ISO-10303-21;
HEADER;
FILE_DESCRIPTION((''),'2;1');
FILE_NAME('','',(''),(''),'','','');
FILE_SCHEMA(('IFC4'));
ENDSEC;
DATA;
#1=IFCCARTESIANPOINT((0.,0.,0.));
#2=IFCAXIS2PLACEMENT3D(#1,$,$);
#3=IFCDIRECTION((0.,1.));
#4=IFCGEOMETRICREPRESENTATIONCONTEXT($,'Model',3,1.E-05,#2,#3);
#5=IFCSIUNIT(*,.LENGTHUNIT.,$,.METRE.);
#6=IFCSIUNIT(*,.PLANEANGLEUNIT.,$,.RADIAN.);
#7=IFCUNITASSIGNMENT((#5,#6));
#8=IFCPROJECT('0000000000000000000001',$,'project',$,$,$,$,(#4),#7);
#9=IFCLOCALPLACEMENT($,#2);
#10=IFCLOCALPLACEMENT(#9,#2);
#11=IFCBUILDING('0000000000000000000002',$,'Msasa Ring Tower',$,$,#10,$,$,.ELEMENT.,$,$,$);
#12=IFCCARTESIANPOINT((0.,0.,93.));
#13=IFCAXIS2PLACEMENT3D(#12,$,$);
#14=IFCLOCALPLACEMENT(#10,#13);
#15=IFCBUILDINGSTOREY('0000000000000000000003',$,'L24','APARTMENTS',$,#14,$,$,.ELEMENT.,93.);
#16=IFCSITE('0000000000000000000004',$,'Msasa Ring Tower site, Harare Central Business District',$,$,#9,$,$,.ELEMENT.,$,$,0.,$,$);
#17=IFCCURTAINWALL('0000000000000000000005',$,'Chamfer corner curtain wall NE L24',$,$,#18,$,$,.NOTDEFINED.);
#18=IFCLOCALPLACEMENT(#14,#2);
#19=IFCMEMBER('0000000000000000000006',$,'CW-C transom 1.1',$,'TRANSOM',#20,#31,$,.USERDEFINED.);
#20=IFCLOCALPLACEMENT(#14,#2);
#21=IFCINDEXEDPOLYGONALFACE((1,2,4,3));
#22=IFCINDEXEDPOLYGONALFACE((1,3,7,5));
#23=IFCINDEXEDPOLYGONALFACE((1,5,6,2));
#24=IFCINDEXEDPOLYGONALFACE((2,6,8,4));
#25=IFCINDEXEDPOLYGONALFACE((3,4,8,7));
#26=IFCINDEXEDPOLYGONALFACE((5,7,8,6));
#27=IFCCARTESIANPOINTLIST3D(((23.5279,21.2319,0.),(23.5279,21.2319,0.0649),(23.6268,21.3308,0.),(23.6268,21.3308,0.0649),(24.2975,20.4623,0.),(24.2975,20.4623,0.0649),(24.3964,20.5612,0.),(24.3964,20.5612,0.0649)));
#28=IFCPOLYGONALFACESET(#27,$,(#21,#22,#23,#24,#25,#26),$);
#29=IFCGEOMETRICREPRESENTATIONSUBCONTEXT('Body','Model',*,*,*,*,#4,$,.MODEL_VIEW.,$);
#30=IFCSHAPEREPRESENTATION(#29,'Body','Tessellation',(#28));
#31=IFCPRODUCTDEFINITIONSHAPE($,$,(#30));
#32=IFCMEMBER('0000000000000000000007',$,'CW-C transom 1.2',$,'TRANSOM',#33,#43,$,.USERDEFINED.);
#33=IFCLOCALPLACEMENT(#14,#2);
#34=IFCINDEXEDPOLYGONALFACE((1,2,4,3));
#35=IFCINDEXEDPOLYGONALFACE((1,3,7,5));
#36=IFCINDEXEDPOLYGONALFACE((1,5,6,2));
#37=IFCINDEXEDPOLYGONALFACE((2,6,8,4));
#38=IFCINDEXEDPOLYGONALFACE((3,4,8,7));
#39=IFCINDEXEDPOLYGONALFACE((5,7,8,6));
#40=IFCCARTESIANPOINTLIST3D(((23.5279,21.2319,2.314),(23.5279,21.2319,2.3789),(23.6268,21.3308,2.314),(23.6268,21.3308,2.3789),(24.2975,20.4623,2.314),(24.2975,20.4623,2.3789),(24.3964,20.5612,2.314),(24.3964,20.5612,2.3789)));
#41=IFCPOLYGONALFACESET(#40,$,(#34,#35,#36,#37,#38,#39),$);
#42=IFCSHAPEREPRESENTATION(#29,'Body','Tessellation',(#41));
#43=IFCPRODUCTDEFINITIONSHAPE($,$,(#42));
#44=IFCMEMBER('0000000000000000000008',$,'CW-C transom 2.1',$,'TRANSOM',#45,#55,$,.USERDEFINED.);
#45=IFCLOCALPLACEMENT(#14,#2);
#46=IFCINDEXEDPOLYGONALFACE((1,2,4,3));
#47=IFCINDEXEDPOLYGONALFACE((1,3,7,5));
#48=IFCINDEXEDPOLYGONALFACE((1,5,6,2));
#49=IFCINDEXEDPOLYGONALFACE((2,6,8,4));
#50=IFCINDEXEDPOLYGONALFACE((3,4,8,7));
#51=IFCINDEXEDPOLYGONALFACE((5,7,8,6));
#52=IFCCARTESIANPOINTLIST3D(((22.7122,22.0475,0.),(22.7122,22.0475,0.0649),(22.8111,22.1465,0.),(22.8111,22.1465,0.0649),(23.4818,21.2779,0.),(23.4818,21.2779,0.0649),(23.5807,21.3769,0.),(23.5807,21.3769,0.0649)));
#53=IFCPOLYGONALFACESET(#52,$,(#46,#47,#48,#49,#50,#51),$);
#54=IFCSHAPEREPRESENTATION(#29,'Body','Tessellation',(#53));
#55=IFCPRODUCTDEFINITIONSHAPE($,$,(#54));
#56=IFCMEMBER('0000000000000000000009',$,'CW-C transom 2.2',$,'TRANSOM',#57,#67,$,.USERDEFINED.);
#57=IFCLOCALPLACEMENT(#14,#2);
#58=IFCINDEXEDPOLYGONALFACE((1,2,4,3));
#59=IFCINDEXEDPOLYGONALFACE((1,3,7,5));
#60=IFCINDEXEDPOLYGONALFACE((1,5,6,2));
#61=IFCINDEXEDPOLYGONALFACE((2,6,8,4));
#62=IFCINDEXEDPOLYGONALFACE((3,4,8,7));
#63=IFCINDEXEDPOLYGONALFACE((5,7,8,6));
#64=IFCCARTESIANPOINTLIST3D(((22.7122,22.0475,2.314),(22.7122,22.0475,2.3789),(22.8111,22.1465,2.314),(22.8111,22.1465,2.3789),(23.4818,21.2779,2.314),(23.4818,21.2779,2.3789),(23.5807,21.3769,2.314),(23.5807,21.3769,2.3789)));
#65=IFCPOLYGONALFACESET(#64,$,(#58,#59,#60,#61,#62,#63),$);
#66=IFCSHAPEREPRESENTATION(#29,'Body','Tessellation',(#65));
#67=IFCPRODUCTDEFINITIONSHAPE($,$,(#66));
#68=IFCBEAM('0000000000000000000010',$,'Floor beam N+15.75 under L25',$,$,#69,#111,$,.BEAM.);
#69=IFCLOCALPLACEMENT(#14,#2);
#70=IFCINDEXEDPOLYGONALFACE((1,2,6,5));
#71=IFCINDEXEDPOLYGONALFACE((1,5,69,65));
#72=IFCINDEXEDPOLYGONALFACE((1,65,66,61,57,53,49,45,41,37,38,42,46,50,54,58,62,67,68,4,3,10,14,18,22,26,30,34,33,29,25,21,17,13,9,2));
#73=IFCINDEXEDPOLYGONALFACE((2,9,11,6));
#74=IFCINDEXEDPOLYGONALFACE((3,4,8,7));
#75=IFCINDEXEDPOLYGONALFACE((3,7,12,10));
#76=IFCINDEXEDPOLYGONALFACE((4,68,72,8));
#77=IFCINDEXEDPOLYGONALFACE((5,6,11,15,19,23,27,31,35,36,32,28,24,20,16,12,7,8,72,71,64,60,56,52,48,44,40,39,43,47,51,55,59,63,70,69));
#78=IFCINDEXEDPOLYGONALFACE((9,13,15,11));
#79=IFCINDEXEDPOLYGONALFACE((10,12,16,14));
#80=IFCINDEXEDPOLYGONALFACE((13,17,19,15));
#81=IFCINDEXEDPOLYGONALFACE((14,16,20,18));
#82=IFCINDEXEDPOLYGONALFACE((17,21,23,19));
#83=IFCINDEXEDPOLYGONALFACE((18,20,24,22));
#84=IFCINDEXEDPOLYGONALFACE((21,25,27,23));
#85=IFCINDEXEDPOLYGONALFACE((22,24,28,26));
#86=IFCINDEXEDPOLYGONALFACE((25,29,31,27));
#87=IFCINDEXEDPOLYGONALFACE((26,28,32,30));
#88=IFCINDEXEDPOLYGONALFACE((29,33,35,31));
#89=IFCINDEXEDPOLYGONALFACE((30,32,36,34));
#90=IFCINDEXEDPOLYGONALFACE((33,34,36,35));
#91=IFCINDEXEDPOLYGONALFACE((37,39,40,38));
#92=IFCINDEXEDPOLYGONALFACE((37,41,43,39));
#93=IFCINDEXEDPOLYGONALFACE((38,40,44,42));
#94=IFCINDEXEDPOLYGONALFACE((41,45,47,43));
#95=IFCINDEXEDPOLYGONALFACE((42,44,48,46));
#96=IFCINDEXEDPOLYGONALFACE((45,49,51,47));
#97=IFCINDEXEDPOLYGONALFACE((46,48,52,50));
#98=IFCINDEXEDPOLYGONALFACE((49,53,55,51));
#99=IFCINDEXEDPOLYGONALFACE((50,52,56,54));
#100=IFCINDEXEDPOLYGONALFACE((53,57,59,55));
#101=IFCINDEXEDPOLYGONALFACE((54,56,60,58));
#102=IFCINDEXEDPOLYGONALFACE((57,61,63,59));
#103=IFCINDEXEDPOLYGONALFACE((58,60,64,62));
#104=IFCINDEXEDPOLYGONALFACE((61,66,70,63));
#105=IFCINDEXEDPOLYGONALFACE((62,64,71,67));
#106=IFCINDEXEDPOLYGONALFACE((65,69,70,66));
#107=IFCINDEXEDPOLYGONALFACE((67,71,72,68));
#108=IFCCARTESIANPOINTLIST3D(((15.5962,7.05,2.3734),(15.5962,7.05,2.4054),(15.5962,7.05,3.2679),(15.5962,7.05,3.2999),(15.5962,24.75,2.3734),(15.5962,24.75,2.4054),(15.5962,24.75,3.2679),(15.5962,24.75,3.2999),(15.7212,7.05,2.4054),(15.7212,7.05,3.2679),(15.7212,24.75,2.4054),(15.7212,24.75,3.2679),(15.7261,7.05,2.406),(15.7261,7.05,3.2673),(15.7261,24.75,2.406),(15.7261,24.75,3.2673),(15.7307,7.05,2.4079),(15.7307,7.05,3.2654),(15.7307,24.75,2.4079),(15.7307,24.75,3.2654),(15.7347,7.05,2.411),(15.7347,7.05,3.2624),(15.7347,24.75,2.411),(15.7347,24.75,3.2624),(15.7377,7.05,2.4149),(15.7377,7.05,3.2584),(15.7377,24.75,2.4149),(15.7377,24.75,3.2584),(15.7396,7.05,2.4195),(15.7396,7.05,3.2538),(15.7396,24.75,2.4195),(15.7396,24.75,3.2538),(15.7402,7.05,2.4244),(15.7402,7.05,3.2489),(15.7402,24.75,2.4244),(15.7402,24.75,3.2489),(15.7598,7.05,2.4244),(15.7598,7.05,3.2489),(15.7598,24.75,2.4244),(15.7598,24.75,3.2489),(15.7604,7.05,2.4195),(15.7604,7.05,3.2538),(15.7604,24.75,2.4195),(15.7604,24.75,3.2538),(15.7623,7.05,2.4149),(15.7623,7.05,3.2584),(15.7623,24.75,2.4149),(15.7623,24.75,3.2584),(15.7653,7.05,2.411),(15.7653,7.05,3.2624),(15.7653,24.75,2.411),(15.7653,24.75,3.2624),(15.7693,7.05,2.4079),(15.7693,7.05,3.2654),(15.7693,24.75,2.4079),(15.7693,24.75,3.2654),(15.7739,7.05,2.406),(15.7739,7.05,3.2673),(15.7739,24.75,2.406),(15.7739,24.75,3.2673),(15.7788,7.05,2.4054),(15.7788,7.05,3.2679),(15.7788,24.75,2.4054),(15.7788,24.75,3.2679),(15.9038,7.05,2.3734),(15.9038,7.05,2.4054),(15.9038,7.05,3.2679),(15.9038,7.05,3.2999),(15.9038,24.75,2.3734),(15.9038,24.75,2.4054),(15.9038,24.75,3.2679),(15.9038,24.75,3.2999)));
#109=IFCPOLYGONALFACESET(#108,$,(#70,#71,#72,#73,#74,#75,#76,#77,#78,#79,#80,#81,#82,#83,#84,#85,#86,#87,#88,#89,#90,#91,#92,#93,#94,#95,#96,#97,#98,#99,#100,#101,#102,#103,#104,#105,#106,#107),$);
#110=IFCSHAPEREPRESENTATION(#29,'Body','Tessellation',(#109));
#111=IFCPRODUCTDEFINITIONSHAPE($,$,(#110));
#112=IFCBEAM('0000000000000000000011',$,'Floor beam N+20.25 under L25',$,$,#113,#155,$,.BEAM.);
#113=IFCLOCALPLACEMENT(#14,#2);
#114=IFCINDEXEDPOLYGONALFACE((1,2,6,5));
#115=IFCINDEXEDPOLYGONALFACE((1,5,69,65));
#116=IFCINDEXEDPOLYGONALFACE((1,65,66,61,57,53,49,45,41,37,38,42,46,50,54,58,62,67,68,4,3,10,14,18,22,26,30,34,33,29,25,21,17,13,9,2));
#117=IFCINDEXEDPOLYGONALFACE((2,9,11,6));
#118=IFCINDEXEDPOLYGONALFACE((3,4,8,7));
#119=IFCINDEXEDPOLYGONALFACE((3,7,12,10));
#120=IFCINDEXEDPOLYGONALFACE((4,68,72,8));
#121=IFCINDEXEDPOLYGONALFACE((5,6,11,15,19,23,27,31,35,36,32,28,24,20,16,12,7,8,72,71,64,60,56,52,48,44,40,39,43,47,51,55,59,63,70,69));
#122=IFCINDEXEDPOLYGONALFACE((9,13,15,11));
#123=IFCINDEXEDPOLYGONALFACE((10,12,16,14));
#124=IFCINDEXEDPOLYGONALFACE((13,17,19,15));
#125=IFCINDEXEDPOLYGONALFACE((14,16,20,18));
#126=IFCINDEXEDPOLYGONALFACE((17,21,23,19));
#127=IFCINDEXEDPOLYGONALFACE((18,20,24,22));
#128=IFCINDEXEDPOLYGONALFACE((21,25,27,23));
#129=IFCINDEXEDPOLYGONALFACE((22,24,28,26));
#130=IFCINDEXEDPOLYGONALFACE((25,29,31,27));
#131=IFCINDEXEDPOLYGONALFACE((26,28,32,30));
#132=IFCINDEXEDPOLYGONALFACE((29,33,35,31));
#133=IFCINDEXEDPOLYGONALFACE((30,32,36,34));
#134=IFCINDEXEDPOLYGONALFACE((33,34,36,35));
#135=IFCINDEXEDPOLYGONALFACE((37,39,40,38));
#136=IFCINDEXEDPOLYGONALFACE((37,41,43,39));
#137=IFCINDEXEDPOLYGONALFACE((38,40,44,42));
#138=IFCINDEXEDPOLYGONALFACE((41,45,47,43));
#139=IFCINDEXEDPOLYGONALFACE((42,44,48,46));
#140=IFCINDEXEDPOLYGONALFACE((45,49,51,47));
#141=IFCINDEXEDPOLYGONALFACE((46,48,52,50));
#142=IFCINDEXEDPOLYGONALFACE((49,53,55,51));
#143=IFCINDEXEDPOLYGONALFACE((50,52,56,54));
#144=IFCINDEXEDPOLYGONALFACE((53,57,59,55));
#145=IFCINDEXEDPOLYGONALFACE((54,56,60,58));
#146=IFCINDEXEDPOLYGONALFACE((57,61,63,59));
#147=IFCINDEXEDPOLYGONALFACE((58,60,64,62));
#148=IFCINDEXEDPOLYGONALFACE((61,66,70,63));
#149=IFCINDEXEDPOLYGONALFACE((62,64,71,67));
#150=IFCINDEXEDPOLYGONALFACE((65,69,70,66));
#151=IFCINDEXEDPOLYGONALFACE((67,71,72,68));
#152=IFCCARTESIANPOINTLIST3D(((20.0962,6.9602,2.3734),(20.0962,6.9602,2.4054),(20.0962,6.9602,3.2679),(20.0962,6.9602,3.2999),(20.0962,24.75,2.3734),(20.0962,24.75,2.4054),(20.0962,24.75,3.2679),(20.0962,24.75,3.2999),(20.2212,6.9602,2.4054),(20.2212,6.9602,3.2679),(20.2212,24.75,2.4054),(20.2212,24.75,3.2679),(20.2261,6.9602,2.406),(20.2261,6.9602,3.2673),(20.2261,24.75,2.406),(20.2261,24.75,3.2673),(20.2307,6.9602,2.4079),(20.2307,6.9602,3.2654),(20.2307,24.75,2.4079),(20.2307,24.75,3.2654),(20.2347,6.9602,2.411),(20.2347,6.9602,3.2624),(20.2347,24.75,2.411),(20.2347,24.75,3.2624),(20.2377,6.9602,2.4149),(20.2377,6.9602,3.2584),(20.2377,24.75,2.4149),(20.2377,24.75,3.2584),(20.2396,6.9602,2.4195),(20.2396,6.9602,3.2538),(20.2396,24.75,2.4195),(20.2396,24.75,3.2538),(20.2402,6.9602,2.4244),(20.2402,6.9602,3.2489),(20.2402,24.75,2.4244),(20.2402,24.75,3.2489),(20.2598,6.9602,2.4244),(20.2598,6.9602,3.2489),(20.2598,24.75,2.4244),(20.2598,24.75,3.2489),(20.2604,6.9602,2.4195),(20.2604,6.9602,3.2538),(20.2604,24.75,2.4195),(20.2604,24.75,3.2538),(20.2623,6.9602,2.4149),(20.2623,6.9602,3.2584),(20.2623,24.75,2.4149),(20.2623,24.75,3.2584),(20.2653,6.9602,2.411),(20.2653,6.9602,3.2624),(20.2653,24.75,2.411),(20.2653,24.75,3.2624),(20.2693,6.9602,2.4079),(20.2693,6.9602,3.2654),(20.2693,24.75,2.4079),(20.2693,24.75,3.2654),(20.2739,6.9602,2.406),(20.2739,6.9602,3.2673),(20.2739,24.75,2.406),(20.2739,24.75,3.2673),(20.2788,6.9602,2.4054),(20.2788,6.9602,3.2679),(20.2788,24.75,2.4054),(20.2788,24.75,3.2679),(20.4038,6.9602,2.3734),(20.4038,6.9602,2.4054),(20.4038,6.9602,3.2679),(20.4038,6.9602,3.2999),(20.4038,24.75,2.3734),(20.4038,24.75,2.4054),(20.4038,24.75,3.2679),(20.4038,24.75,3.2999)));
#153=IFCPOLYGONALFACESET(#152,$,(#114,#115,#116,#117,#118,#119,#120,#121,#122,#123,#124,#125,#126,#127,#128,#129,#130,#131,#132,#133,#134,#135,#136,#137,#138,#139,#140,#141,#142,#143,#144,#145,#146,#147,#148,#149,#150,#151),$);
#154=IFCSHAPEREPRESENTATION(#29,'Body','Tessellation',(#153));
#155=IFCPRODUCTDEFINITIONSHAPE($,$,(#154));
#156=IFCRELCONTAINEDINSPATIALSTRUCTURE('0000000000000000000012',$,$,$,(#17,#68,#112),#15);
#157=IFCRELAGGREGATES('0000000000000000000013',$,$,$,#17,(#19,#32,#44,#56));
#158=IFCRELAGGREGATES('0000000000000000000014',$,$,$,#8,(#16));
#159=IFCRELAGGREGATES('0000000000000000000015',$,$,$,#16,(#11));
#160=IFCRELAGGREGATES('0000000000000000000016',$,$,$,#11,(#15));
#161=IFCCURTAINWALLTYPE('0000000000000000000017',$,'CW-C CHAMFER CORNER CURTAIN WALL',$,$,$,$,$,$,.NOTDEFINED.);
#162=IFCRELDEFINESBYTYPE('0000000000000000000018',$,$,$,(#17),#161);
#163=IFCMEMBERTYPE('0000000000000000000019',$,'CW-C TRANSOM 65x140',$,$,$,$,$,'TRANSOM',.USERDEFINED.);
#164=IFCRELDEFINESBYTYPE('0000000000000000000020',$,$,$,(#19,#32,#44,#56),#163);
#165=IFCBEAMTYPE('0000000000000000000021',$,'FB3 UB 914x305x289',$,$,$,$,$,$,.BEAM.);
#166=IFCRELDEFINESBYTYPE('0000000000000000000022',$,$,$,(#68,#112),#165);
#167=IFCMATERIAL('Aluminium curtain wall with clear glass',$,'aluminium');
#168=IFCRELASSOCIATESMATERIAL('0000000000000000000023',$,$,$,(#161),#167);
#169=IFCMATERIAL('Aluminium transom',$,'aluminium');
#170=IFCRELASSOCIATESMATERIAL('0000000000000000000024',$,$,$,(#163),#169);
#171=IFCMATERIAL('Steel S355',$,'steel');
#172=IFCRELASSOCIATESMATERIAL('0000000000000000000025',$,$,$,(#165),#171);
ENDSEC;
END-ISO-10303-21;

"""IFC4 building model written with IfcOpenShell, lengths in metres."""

from ifc_helpers import new_model, si_unit, direction, frame, origin, origin_2d, place, context, subcontext, project, spatial, rectangle, i_section, extrude, material, material_profile, profile_set, type_object, element, aggregate, save


model = new_model("IFC4")

# Units and contexts
model_context = context("Model", 3, precision=1e-05, world=origin(), true_north=direction((0.0, 1.0)))
body_context = subcontext(model_context, "Body", "Model", "MODEL_VIEW")
ifc_project = project(units=[si_unit("LENGTHUNIT", "METRE"), si_unit("PLANEANGLEUNIT", "RADIAN")], contexts=[model_context])

# Site, building, storey
site_placement = place(None, origin())
site = spatial("IfcSite", under=ifc_project, at=site_placement, Name="Msasa Ring Tower site, Harare Central Business District", CompositionType="ELEMENT", RefElevation=0.0)
building_placement = place(site_placement, origin())
building = spatial("IfcBuilding", under=site, at=building_placement, Name="Msasa Ring Tower", CompositionType="ELEMENT")
storey_placement = place(building_placement, frame((0.0, 0.0, 93.0)))
storey = spatial("IfcBuildingStorey", under=building, at=storey_placement, Name="L24", Description="APARTMENTS", CompositionType="ELEMENT", Elevation=93.0)

# Curtain wall
ifc_material_1 = material(Name="Aluminium curtain wall with clear glass", Category="aluminium")
curtain_wall_type = type_object("IfcCurtainWallType", Name="CW-C CHAMFER CORNER CURTAIN WALL", PredefinedType="NOTDEFINED", material=ifc_material_1)
curtain_wall_1_placement = place(storey_placement, origin())
curtain_wall_1 = element("IfcCurtainWall", 1, at=curtain_wall_1_placement, inside=storey, type_object=curtain_wall_type, Name="Chamfer corner curtain wall NE L24", PredefinedType="NOTDEFINED")

# Members
ifc_material_2 = material(Name="Aluminium transom", Category="aluminium")
ifc_material_profile_1 = material_profile(ifc_material_2, rectangle(XDim=0.1399, YDim=0.0649, at=origin_2d()), Name="AL 65x140")
ifc_profile_set_1 = profile_set([ifc_material_profile_1], Name="Aluminium transom")
member_type_1 = type_object("IfcMemberType", Name="CW-C TRANSOM 65x140", ElementType="TRANSOM", PredefinedType="USERDEFINED", material=ifc_profile_set_1)
member_1_placement = place(storey_placement, frame((24.3469, 20.5117, 0.0325), z_axis=(-0.707107, 0.707107, 0.0), x_axis=(-0.707107, -0.707107, 0.0)))
member_1 = element("IfcMember", 2, at=member_1_placement, type_object=member_type_1, Name="CW-C transom 1.1", ObjectType="TRANSOM", PredefinedType="USERDEFINED", context=body_context, shape_type="SweptSolid", body=[
    extrude(rectangle(XDim=0.1399, YDim=0.0649, at=origin_2d()), origin(), (0.0, 0.0, 1.0), 1.0884),
])
member_2_placement = place(storey_placement, frame((24.3469, 20.5117, 2.3464), z_axis=(-0.707107, 0.707107, 0.0), x_axis=(-0.707107, -0.707107, 0.0)))
member_2 = element("IfcMember", 3, at=member_2_placement, type_object=member_type_1, Name="CW-C transom 1.2", ObjectType="TRANSOM", PredefinedType="USERDEFINED", context=body_context, shape_type="SweptSolid", body=[
    extrude(rectangle(XDim=0.1399, YDim=0.0649, at=origin_2d()), origin(), (0.0, 0.0, 1.0), 1.0884),
])
member_3_placement = place(storey_placement, frame((23.5312, 21.3274, 0.0325), z_axis=(-0.707107, 0.707107, 0.0), x_axis=(-0.707107, -0.707107, 0.0)))
member_3 = element("IfcMember", 4, at=member_3_placement, type_object=member_type_1, Name="CW-C transom 2.1", ObjectType="TRANSOM", PredefinedType="USERDEFINED", context=body_context, shape_type="SweptSolid", body=[
    extrude(rectangle(XDim=0.1399, YDim=0.0649, at=origin_2d()), origin(), (0.0, 0.0, 1.0), 1.0884),
])
member_4_placement = place(storey_placement, frame((23.5312, 21.3274, 2.3464), z_axis=(-0.707107, 0.707107, 0.0), x_axis=(-0.707107, -0.707107, 0.0)))
member_4 = element("IfcMember", 5, at=member_4_placement, type_object=member_type_1, Name="CW-C transom 2.2", ObjectType="TRANSOM", PredefinedType="USERDEFINED", context=body_context, shape_type="SweptSolid", body=[
    extrude(rectangle(XDim=0.1399, YDim=0.0649, at=origin_2d()), origin(), (0.0, 0.0, 1.0), 1.0884),
])

# Beams
ifc_material_3 = material(Name="Steel S355", Category="steel")
ifc_material_profile_2 = material_profile(ifc_material_3, i_section(OverallWidth=0.3076, OverallDepth=0.9265, WebThickness=0.0195, FlangeThickness=0.032, FilletRadius=0.019, at=origin_2d()), Name="UB 914x305x289")
ifc_profile_set_2 = profile_set([ifc_material_profile_2], Name="Steel S355")
beam_type_1 = type_object("IfcBeamType", Name="FB3 UB 914x305x289", PredefinedType="BEAM", material=ifc_profile_set_2)
beam_1_placement = place(storey_placement, frame((15.75, 24.75, 2.8367), z_axis=(0.0, -1.0, 0.0), x_axis=(1.0, 0.0, 0.0)))
element("IfcBeam", 6, at=beam_1_placement, inside=storey, type_object=beam_type_1, Name="Floor beam N+15.75 under L25", PredefinedType="BEAM", context=body_context, shape_type="SweptSolid", body=[
    extrude(i_section(OverallWidth=0.3076, OverallDepth=0.9265, WebThickness=0.0195, FlangeThickness=0.032, FilletRadius=0.019, at=origin_2d()), origin(), (0.0, 0.0, 1.0), 17.7),
])
beam_2_placement = place(storey_placement, frame((20.25, 24.75, 2.8367), z_axis=(0.0, -1.0, 0.0), x_axis=(1.0, 0.0, 0.0)))
element("IfcBeam", 7, at=beam_2_placement, inside=storey, type_object=beam_type_1, Name="Floor beam N+20.25 under L25", PredefinedType="BEAM", context=body_context, shape_type="SweptSolid", body=[
    extrude(i_section(OverallWidth=0.3076, OverallDepth=0.9265, WebThickness=0.0195, FlangeThickness=0.032, FilletRadius=0.019, at=origin_2d()), origin(), (0.0, 0.0, 1.0), 17.7898),
])

aggregate(curtain_wall_1, [member_1, member_2, member_3, member_4])

save(model, "model.ifc")
